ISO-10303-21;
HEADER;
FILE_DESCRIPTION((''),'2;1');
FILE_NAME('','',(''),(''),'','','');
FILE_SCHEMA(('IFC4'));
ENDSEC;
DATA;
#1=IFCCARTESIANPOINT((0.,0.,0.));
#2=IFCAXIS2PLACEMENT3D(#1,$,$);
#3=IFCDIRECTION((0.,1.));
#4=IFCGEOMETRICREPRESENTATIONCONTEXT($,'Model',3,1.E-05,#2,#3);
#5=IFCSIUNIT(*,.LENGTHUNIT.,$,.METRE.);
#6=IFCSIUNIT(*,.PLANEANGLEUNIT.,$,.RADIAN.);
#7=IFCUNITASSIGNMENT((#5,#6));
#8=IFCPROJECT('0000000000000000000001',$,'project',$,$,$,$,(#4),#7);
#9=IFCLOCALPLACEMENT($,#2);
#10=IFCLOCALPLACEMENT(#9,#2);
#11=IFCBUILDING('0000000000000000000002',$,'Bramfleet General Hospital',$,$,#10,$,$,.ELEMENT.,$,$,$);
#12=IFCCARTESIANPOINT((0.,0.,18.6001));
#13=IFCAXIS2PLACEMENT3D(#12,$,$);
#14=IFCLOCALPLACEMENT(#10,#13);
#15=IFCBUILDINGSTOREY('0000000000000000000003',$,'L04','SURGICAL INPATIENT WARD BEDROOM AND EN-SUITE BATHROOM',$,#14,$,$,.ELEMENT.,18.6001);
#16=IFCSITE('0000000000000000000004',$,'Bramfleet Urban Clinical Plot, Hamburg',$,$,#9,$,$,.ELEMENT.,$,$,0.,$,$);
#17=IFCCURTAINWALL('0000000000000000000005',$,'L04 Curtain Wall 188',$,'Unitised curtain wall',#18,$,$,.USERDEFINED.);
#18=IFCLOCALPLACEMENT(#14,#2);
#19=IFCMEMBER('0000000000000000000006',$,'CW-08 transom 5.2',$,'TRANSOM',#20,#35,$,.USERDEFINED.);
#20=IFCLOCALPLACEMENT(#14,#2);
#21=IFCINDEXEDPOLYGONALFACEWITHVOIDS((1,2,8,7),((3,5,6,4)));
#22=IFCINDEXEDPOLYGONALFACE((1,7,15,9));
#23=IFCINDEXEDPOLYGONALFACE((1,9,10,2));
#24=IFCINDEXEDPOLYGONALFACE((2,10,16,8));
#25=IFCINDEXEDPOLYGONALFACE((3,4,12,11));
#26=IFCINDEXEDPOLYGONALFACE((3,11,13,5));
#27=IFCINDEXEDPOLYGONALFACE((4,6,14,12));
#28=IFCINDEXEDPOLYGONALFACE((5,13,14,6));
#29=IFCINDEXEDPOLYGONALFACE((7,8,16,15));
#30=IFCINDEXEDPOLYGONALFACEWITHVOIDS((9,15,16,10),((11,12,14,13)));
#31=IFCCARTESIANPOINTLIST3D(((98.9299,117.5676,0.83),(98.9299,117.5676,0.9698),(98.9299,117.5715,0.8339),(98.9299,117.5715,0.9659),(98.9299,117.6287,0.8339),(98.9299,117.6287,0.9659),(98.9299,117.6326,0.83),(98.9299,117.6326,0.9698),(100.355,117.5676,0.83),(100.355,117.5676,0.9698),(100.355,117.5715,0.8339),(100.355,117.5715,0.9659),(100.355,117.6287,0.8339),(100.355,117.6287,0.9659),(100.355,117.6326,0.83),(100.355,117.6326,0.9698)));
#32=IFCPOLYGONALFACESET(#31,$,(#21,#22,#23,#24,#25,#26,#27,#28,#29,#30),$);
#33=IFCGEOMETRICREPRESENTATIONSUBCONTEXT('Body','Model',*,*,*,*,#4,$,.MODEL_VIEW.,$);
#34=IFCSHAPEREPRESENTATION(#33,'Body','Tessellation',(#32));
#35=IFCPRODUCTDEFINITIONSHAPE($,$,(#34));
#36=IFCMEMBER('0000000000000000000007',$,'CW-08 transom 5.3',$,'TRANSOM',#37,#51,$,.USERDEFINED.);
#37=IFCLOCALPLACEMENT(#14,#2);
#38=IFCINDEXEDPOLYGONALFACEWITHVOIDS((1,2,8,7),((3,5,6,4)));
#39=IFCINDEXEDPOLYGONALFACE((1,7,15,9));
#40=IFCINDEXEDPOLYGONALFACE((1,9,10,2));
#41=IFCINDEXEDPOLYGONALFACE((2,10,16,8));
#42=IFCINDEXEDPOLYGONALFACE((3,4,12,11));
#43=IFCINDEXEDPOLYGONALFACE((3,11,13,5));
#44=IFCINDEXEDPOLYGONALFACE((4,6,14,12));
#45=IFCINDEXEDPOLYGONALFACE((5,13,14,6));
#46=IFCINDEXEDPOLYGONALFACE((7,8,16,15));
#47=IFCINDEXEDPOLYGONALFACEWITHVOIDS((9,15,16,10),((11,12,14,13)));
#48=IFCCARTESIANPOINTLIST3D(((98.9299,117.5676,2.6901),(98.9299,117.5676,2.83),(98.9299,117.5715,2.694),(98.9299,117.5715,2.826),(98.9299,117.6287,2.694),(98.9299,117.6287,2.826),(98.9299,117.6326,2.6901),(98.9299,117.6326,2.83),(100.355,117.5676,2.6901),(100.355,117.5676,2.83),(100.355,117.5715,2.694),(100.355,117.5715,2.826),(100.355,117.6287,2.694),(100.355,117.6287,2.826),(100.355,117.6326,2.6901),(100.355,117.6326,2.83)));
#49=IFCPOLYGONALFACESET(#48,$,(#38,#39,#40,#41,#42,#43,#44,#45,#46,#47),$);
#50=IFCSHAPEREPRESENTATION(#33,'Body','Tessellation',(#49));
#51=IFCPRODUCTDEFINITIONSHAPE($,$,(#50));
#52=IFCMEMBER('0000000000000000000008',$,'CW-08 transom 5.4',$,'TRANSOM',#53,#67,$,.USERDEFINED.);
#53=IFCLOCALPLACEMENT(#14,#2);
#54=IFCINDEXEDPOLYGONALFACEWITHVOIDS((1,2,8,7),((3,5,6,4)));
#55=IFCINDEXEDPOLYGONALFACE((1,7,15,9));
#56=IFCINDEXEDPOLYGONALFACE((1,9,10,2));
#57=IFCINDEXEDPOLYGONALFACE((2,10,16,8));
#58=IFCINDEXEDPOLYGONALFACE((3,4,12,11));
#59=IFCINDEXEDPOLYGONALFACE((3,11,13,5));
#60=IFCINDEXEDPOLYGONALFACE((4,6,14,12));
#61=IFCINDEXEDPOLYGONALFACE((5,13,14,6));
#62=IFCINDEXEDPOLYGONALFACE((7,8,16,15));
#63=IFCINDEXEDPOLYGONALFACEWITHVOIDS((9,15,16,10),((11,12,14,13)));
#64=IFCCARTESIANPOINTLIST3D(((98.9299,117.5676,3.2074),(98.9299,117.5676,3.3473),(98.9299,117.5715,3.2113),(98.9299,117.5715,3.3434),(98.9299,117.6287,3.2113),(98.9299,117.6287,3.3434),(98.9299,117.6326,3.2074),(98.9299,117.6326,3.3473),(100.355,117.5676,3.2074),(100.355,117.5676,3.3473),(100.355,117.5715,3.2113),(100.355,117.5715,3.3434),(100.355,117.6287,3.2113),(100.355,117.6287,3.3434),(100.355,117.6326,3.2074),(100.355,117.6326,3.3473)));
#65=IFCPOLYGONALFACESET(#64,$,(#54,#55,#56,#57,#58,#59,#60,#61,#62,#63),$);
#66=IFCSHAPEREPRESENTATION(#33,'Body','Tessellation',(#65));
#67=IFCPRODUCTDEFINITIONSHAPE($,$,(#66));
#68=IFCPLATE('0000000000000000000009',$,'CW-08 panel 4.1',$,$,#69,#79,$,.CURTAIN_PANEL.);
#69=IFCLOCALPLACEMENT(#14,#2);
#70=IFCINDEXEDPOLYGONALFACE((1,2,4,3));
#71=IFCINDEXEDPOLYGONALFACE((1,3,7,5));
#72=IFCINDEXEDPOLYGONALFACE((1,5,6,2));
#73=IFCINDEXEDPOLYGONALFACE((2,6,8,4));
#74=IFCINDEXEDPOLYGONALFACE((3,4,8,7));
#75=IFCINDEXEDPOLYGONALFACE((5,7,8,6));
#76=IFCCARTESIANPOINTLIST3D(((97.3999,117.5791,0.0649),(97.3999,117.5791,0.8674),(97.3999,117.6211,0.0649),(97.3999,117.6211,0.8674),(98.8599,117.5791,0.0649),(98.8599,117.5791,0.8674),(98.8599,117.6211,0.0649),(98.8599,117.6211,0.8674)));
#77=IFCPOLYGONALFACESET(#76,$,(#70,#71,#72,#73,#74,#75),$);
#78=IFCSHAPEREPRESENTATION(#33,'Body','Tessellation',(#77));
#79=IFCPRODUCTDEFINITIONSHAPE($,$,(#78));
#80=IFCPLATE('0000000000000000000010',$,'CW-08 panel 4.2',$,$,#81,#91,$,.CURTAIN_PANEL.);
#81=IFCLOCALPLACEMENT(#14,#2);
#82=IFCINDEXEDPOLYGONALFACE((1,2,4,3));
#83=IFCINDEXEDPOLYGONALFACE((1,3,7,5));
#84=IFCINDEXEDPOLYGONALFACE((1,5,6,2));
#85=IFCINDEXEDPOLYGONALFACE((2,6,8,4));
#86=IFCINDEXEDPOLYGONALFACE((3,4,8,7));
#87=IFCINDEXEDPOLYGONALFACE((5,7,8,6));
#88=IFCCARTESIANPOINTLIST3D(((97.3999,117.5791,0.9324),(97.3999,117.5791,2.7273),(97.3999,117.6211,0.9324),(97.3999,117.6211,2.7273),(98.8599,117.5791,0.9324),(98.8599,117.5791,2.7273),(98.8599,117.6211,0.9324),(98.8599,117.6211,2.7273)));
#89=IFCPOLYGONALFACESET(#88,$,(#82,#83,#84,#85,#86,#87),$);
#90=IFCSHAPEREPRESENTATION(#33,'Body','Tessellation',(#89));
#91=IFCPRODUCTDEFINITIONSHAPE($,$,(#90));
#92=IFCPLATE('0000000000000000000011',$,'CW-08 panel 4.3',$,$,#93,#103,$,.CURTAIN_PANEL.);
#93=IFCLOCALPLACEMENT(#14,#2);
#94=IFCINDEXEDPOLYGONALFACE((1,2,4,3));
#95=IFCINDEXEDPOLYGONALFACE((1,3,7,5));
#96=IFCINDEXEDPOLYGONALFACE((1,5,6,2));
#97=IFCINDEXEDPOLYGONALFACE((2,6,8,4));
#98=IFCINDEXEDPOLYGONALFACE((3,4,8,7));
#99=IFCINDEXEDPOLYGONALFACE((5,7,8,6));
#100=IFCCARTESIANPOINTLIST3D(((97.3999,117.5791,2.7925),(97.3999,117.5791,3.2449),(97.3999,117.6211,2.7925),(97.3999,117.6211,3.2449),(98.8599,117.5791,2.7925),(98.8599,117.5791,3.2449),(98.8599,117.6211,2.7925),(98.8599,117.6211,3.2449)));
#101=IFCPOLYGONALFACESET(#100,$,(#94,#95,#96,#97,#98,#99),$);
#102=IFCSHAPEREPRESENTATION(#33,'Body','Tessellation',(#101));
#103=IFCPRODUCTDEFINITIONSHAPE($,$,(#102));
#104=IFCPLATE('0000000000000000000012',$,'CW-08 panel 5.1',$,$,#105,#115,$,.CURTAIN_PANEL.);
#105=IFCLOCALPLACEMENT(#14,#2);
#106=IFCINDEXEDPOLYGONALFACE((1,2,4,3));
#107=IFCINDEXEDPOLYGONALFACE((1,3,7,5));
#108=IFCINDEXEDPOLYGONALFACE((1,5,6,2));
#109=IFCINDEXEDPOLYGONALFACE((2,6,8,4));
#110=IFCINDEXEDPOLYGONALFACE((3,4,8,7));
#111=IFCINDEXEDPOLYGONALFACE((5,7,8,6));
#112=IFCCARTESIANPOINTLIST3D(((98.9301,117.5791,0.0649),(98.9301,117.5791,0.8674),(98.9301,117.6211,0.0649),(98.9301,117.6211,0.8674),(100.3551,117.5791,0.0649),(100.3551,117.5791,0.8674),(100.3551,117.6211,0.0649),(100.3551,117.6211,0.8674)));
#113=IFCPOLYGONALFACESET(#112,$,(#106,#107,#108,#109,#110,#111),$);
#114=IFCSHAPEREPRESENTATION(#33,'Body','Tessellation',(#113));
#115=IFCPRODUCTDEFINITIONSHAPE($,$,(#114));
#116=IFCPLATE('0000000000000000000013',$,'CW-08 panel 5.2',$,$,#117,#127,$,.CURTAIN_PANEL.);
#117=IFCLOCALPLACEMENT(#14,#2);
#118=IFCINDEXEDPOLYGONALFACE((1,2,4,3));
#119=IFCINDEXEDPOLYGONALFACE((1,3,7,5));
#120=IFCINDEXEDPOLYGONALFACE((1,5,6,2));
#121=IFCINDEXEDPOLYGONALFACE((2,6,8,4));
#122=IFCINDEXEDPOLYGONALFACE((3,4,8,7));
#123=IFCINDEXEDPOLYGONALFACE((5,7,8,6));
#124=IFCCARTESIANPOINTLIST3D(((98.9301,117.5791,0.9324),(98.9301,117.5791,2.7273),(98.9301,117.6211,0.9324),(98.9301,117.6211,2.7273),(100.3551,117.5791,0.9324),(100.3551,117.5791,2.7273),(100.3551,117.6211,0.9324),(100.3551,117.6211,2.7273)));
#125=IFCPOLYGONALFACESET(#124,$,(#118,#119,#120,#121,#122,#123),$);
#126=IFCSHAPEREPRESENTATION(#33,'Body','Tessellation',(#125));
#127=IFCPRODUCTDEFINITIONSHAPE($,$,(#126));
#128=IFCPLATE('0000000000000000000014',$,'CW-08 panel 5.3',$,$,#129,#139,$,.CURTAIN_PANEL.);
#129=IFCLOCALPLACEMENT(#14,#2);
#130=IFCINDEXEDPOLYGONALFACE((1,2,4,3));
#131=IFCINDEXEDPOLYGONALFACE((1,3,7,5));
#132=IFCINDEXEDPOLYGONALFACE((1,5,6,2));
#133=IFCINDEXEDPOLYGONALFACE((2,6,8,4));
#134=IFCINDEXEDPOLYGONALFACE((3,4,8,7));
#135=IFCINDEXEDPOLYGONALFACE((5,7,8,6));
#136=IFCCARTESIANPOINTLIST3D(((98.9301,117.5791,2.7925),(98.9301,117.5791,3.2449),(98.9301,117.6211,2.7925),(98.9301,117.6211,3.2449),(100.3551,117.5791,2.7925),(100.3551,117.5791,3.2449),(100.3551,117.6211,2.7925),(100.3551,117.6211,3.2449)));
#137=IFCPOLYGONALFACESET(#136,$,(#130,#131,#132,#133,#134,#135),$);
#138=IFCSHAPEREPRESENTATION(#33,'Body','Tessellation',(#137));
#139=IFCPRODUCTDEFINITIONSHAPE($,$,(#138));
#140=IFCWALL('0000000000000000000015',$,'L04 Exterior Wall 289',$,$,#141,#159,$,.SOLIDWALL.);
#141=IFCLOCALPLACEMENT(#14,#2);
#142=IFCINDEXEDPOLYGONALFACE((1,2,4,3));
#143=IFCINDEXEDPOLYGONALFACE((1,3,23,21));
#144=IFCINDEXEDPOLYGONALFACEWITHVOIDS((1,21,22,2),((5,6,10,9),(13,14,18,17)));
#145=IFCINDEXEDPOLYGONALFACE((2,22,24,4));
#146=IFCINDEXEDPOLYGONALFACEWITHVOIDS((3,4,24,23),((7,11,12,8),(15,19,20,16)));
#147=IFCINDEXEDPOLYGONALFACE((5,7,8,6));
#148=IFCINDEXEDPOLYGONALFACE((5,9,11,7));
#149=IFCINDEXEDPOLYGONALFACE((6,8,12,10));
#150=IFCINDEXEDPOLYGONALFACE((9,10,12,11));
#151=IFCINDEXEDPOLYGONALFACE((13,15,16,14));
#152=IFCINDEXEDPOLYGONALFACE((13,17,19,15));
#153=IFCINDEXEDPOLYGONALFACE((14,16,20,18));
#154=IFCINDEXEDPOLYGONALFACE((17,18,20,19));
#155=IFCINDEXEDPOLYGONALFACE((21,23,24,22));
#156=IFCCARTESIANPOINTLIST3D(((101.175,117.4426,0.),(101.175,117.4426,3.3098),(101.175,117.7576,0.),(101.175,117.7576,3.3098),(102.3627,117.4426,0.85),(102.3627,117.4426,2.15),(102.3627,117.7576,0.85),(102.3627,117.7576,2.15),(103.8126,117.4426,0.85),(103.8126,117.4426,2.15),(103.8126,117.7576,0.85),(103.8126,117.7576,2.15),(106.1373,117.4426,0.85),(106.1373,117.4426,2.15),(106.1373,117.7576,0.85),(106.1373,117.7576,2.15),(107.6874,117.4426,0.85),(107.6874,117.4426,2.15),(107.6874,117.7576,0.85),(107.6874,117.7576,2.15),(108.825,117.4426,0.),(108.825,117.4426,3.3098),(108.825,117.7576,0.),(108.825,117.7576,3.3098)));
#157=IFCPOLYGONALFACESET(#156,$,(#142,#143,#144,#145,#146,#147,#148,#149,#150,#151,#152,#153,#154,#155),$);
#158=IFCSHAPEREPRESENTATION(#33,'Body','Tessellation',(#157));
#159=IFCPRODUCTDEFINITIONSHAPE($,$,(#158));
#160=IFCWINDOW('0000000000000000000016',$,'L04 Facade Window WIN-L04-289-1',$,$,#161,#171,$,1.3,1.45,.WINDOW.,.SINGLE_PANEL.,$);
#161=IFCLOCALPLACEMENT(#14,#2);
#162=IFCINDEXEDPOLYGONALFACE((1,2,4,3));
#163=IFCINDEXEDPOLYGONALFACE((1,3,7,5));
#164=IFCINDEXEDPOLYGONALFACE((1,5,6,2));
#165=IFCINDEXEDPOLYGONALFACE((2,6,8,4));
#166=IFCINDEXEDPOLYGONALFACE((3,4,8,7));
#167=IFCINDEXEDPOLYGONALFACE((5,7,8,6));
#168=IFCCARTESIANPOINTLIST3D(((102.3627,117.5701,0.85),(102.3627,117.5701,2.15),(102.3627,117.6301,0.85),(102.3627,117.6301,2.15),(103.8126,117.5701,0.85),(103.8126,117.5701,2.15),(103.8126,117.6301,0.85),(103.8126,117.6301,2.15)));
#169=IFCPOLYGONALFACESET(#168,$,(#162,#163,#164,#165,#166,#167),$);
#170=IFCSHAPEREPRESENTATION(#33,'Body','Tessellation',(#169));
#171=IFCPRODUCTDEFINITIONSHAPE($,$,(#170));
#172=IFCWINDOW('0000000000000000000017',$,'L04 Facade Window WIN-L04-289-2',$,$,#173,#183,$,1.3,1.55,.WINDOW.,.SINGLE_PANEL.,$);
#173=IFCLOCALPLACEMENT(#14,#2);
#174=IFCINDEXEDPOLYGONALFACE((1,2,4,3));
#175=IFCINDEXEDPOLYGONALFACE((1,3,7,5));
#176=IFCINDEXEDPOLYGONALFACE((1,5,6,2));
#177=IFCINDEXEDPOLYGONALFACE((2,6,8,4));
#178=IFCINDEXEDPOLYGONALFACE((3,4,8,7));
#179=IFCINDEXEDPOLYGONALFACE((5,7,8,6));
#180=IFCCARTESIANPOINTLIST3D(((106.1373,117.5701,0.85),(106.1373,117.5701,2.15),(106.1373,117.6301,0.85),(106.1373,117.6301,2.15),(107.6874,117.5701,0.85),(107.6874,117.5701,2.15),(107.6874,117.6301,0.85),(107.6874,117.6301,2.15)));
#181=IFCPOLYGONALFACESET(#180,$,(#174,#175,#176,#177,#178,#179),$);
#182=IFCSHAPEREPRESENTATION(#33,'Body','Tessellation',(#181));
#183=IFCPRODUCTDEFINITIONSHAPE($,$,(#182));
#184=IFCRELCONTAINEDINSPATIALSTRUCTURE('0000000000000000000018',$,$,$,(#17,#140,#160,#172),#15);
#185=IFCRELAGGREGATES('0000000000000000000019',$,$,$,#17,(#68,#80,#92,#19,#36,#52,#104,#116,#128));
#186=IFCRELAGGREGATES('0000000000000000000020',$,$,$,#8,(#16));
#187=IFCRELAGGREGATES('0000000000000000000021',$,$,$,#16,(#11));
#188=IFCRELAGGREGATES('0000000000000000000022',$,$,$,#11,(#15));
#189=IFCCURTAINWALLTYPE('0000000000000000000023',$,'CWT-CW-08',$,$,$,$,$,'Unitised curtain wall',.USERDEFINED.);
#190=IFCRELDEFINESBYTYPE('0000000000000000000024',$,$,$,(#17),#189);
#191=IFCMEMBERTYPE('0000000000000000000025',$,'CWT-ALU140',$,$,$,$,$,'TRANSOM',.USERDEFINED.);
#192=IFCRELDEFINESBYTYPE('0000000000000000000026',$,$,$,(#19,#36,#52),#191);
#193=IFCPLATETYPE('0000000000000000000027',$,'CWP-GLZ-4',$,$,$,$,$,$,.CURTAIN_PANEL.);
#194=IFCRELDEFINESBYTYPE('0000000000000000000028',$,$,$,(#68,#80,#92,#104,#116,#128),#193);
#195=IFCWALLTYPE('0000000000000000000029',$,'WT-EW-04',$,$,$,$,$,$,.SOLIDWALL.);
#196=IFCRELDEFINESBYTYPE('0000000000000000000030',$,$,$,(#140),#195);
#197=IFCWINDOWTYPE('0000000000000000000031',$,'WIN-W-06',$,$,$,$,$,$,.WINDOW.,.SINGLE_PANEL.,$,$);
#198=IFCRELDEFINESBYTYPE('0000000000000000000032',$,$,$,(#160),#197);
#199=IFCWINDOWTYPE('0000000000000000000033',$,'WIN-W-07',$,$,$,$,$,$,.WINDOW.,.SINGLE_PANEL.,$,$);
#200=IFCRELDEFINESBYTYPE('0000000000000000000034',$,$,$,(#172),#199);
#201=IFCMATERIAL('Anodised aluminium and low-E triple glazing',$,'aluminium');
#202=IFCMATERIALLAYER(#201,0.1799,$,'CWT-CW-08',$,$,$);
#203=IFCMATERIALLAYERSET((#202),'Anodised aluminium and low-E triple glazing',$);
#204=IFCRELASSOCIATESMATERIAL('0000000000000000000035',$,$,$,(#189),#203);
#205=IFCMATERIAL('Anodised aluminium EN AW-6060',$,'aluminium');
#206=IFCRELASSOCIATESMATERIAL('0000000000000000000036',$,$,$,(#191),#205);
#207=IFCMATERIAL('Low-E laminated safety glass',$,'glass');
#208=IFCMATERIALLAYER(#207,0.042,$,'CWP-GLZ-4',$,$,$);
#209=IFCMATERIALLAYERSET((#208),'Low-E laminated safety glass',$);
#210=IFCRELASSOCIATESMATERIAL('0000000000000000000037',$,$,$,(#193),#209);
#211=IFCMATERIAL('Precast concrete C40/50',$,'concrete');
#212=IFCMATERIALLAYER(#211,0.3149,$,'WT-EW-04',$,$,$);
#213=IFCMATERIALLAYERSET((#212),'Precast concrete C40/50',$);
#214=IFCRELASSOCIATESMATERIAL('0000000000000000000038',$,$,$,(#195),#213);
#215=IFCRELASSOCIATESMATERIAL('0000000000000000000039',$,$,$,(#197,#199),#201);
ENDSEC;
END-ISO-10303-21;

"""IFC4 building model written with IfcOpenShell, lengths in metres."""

from ifc_helpers import new_model, si_unit, direction, frame, frame_2d, origin, origin_2d, place, context, subcontext, project, spatial, rectangle, hollow_rectangle, extrude, material, layer, layer_set, material_profile, profile_set, type_object, element, fill, aggregate, save


model = new_model("IFC4")

# Units and contexts
model_context = context("Model", 3, precision=1e-05, world=origin(), true_north=direction((0.0, 1.0)))
body_context = subcontext(model_context, "Body", "Model", "MODEL_VIEW")
ifc_project = project(units=[si_unit("LENGTHUNIT", "METRE"), si_unit("PLANEANGLEUNIT", "RADIAN")], contexts=[model_context])

# Site, building, storey
site_placement = place(None, origin())
site = spatial("IfcSite", under=ifc_project, at=site_placement, Name="Bramfleet Urban Clinical Plot, Hamburg", CompositionType="ELEMENT", RefElevation=0.0)
building_placement = place(site_placement, origin())
building = spatial("IfcBuilding", under=site, at=building_placement, Name="Bramfleet General Hospital", CompositionType="ELEMENT")
storey_placement = place(building_placement, frame((0.0, 0.0, 18.6001)))
storey = spatial("IfcBuildingStorey", under=building, at=storey_placement, Name="L04", Description="SURGICAL INPATIENT WARD BEDROOM AND EN-SUITE BATHROOM", CompositionType="ELEMENT", Elevation=18.6001)

# Curtain wall, members, plates
ifc_material_1 = material(Name="Anodised aluminium and low-E triple glazing", Category="aluminium")
ifc_layer_1 = layer(ifc_material_1, 0.1799, Name="CWT-CW-08")
ifc_layer_set_1 = layer_set([ifc_layer_1], Name="Anodised aluminium and low-E triple glazing")
curtain_wall_type = type_object("IfcCurtainWallType", Name="CWT-CW-08", ElementType="Unitised curtain wall", PredefinedType="USERDEFINED", material=ifc_layer_set_1)
curtain_wall_placement = place(storey_placement, origin())
curtain_wall = element("IfcCurtainWall", 1, at=curtain_wall_placement, inside=storey, type_object=curtain_wall_type, Name="L04 Curtain Wall 188", ObjectType="Unitised curtain wall", PredefinedType="USERDEFINED")
ifc_material_2 = material(Name="Anodised aluminium EN AW-6060", Category="aluminium")
ifc_material_profile_1 = material_profile(ifc_material_2, hollow_rectangle(XDim=0.0649, YDim=0.1399, WallThickness=0.0039, at=origin_2d()), Name="ALU 140x65x4.0")
ifc_profile_set_1 = profile_set([ifc_material_profile_1], Name="Anodised aluminium EN AW-6060")
member_type_1 = type_object("IfcMemberType", Name="CWT-ALU140", ElementType="TRANSOM", PredefinedType="USERDEFINED", material=ifc_profile_set_1)
member_1_placement = place(storey_placement, frame((98.9299, 117.6001, 0.8999), z_axis=(1.0, 0.0, 0.0), x_axis=(0.0, 1.0, 0.0)))
member_1 = element("IfcMember", 2, at=member_1_placement, type_object=member_type_1, Name="CW-08 transom 5.2", ObjectType="TRANSOM", PredefinedType="USERDEFINED", context=body_context, shape_type="SweptSolid", body=[
    extrude(hollow_rectangle(XDim=0.0649, YDim=0.1399, WallThickness=0.0039, at=origin_2d()), origin(), (0.0, 0.0, 1.0), 1.425),
])
member_2_placement = place(storey_placement, frame((98.9299, 117.6001, 2.76), z_axis=(1.0, 0.0, 0.0), x_axis=(0.0, 1.0, 0.0)))
member_2 = element("IfcMember", 3, at=member_2_placement, type_object=member_type_1, Name="CW-08 transom 5.3", ObjectType="TRANSOM", PredefinedType="USERDEFINED", context=body_context, shape_type="SweptSolid", body=[
    extrude(hollow_rectangle(XDim=0.0649, YDim=0.1399, WallThickness=0.0039, at=origin_2d()), origin(), (0.0, 0.0, 1.0), 1.425),
])
member_3_placement = place(storey_placement, frame((98.9299, 117.6001, 3.2773), z_axis=(1.0, 0.0, 0.0), x_axis=(0.0, 1.0, 0.0)))
member_3 = element("IfcMember", 4, at=member_3_placement, type_object=member_type_1, Name="CW-08 transom 5.4", ObjectType="TRANSOM", PredefinedType="USERDEFINED", context=body_context, shape_type="SweptSolid", body=[
    extrude(hollow_rectangle(XDim=0.0649, YDim=0.1399, WallThickness=0.0039, at=origin_2d()), origin(), (0.0, 0.0, 1.0), 1.425),
])
ifc_material_3 = material(Name="Low-E laminated safety glass", Category="glass")
ifc_layer_2 = layer(ifc_material_3, 0.042, Name="CWP-GLZ-4")
ifc_layer_set_2 = layer_set([ifc_layer_2], Name="Low-E laminated safety glass")
plate_type = type_object("IfcPlateType", Name="CWP-GLZ-4", PredefinedType="CURTAIN_PANEL", material=ifc_layer_set_2)
plate_1_placement = place(storey_placement, frame((98.1299, 117.6001, 0.0649), z_axis=(0.0, 0.0, 1.0), x_axis=(1.0, 0.0, 0.0)))
plate_1 = element("IfcPlate", 5, at=plate_1_placement, type_object=plate_type, Name="CW-08 panel 4.1", PredefinedType="CURTAIN_PANEL", context=body_context, shape_type="SweptSolid", body=[
    extrude(rectangle(XDim=1.46, YDim=0.042, at=origin_2d()), origin(), (0.0, 0.0, 1.0), 0.8025),
])
plate_2_placement = place(storey_placement, frame((98.1299, 117.6001, 0.9324), z_axis=(0.0, 0.0, 1.0), x_axis=(1.0, 0.0, 0.0)))
plate_2 = element("IfcPlate", 6, at=plate_2_placement, type_object=plate_type, Name="CW-08 panel 4.2", PredefinedType="CURTAIN_PANEL", context=body_context, shape_type="SweptSolid", body=[
    extrude(rectangle(XDim=1.46, YDim=0.042, at=origin_2d()), origin(), (0.0, 0.0, 1.0), 1.7949),
])
plate_3_placement = place(storey_placement, frame((98.1299, 117.6001, 2.7925), z_axis=(0.0, 0.0, 1.0), x_axis=(1.0, 0.0, 0.0)))
plate_3 = element("IfcPlate", 7, at=plate_3_placement, type_object=plate_type, Name="CW-08 panel 4.3", PredefinedType="CURTAIN_PANEL", context=body_context, shape_type="SweptSolid", body=[
    extrude(rectangle(XDim=1.46, YDim=0.042, at=origin_2d()), origin(), (0.0, 0.0, 1.0), 0.4524),
])
plate_4_placement = place(storey_placement, frame((99.6426, 117.6001, 0.0649), z_axis=(0.0, 0.0, 1.0), x_axis=(1.0, 0.0, 0.0)))
plate_4 = element("IfcPlate", 8, at=plate_4_placement, type_object=plate_type, Name="CW-08 panel 5.1", PredefinedType="CURTAIN_PANEL", context=body_context, shape_type="SweptSolid", body=[
    extrude(rectangle(XDim=1.425, YDim=0.042, at=origin_2d()), origin(), (0.0, 0.0, 1.0), 0.8025),
])
plate_5_placement = place(storey_placement, frame((99.6426, 117.6001, 0.9324), z_axis=(0.0, 0.0, 1.0), x_axis=(1.0, 0.0, 0.0)))
plate_5 = element("IfcPlate", 9, at=plate_5_placement, type_object=plate_type, Name="CW-08 panel 5.2", PredefinedType="CURTAIN_PANEL", context=body_context, shape_type="SweptSolid", body=[
    extrude(rectangle(XDim=1.425, YDim=0.042, at=origin_2d()), origin(), (0.0, 0.0, 1.0), 1.7949),
])
plate_6_placement = place(storey_placement, frame((99.6426, 117.6001, 2.7925), z_axis=(0.0, 0.0, 1.0), x_axis=(1.0, 0.0, 0.0)))
plate_6 = element("IfcPlate", 10, at=plate_6_placement, type_object=plate_type, Name="CW-08 panel 5.3", PredefinedType="CURTAIN_PANEL", context=body_context, shape_type="SweptSolid", body=[
    extrude(rectangle(XDim=1.425, YDim=0.042, at=origin_2d()), origin(), (0.0, 0.0, 1.0), 0.4524),
])
aggregate(curtain_wall, [plate_1, plate_2, plate_3, member_1, member_2, member_3, plate_4, plate_5, plate_6])

# Wall, openings, windows
ifc_material_4 = material(Name="Precast concrete C40/50", Category="concrete")
ifc_layer_3 = layer(ifc_material_4, 0.3149, Name="WT-EW-04")
ifc_layer_set_3 = layer_set([ifc_layer_3], Name="Precast concrete C40/50")
wall_type_1 = type_object("IfcWallType", Name="WT-EW-04", PredefinedType="SOLIDWALL", material=ifc_layer_set_3)
wall_1_placement = place(storey_placement, frame((101.175, 117.6001, 0.0), z_axis=(0.0, 0.0, 1.0), x_axis=(1.0, 0.0, 0.0)))
wall_1 = element("IfcWall", 11, at=wall_1_placement, inside=storey, type_object=wall_type_1, Name="L04 Exterior Wall 289", PredefinedType="SOLIDWALL", context=body_context, shape_type="SweptSolid", body=[
    extrude(rectangle(XDim=7.6499, YDim=0.3149, at=frame_2d((3.825, 0.0))), origin(), (0.0, 0.0, 1.0), 3.3098),
])
opening_1_placement = place(wall_1_placement, frame((1.1875, 0.0, 0.8501)))
opening_1 = element("IfcOpeningElement", 12, at=opening_1_placement, cuts=wall_1, PredefinedType="OPENING", context=body_context, shape_type="SweptSolid", body=[
    extrude(rectangle(XDim=1.45, YDim=1.3, at=frame_2d((0.7251, 0.6499))), frame((0.0, 0.1675, 0.0), z_axis=(0.0, -1.0, 0.0), x_axis=(1.0, 0.0, 0.0)), (0.0, 0.0, 1.0), 0.335),
])
opening_2_placement = place(wall_1_placement, frame((4.9624, 0.0, 0.8501)))
opening_2 = element("IfcOpeningElement", 13, at=opening_2_placement, cuts=wall_1, PredefinedType="OPENING", context=body_context, shape_type="SweptSolid", body=[
    extrude(rectangle(XDim=1.55, YDim=1.3, at=frame_2d((0.7749, 0.6499))), frame((0.0, 0.1675, 0.0), z_axis=(0.0, -1.0, 0.0), x_axis=(1.0, 0.0, 0.0)), (0.0, 0.0, 1.0), 0.335),
])
window_type_1 = type_object("IfcWindowType", Name="WIN-W-06", PartitioningType="SINGLE_PANEL", PredefinedType="WINDOW", material=ifc_material_1)
window_1_placement = place(opening_1_placement, origin())
window_1 = element("IfcWindow", 14, at=window_1_placement, inside=storey, type_object=window_type_1, Name="L04 Facade Window WIN-L04-289-1", OverallHeight=1.3, OverallWidth=1.45, PartitioningType="SINGLE_PANEL", PredefinedType="WINDOW", context=body_context, shape_type="SweptSolid", body=[
    extrude(rectangle(XDim=1.45, YDim=1.3, at=frame_2d((0.7251, 0.6499))), frame((0.0, 0.03, 0.0), z_axis=(0.0, -1.0, 0.0), x_axis=(1.0, 0.0, 0.0)), (0.0, 0.0, 1.0), 0.0601),
])
fill(opening_1, window_1)
window_type_2 = type_object("IfcWindowType", Name="WIN-W-07", PartitioningType="SINGLE_PANEL", PredefinedType="WINDOW", material=ifc_material_1)
window_2_placement = place(opening_2_placement, origin())
window_2 = element("IfcWindow", 15, at=window_2_placement, inside=storey, type_object=window_type_2, Name="L04 Facade Window WIN-L04-289-2", OverallHeight=1.3, OverallWidth=1.55, PartitioningType="SINGLE_PANEL", PredefinedType="WINDOW", context=body_context, shape_type="SweptSolid", body=[
    extrude(rectangle(XDim=1.55, YDim=1.3, at=frame_2d((0.7749, 0.6499))), frame((0.0, 0.03, 0.0), z_axis=(0.0, -1.0, 0.0), x_axis=(1.0, 0.0, 0.0)), (0.0, 0.0, 1.0), 0.0601),
])
fill(opening_2, window_2)

save(model, "model.ifc")
